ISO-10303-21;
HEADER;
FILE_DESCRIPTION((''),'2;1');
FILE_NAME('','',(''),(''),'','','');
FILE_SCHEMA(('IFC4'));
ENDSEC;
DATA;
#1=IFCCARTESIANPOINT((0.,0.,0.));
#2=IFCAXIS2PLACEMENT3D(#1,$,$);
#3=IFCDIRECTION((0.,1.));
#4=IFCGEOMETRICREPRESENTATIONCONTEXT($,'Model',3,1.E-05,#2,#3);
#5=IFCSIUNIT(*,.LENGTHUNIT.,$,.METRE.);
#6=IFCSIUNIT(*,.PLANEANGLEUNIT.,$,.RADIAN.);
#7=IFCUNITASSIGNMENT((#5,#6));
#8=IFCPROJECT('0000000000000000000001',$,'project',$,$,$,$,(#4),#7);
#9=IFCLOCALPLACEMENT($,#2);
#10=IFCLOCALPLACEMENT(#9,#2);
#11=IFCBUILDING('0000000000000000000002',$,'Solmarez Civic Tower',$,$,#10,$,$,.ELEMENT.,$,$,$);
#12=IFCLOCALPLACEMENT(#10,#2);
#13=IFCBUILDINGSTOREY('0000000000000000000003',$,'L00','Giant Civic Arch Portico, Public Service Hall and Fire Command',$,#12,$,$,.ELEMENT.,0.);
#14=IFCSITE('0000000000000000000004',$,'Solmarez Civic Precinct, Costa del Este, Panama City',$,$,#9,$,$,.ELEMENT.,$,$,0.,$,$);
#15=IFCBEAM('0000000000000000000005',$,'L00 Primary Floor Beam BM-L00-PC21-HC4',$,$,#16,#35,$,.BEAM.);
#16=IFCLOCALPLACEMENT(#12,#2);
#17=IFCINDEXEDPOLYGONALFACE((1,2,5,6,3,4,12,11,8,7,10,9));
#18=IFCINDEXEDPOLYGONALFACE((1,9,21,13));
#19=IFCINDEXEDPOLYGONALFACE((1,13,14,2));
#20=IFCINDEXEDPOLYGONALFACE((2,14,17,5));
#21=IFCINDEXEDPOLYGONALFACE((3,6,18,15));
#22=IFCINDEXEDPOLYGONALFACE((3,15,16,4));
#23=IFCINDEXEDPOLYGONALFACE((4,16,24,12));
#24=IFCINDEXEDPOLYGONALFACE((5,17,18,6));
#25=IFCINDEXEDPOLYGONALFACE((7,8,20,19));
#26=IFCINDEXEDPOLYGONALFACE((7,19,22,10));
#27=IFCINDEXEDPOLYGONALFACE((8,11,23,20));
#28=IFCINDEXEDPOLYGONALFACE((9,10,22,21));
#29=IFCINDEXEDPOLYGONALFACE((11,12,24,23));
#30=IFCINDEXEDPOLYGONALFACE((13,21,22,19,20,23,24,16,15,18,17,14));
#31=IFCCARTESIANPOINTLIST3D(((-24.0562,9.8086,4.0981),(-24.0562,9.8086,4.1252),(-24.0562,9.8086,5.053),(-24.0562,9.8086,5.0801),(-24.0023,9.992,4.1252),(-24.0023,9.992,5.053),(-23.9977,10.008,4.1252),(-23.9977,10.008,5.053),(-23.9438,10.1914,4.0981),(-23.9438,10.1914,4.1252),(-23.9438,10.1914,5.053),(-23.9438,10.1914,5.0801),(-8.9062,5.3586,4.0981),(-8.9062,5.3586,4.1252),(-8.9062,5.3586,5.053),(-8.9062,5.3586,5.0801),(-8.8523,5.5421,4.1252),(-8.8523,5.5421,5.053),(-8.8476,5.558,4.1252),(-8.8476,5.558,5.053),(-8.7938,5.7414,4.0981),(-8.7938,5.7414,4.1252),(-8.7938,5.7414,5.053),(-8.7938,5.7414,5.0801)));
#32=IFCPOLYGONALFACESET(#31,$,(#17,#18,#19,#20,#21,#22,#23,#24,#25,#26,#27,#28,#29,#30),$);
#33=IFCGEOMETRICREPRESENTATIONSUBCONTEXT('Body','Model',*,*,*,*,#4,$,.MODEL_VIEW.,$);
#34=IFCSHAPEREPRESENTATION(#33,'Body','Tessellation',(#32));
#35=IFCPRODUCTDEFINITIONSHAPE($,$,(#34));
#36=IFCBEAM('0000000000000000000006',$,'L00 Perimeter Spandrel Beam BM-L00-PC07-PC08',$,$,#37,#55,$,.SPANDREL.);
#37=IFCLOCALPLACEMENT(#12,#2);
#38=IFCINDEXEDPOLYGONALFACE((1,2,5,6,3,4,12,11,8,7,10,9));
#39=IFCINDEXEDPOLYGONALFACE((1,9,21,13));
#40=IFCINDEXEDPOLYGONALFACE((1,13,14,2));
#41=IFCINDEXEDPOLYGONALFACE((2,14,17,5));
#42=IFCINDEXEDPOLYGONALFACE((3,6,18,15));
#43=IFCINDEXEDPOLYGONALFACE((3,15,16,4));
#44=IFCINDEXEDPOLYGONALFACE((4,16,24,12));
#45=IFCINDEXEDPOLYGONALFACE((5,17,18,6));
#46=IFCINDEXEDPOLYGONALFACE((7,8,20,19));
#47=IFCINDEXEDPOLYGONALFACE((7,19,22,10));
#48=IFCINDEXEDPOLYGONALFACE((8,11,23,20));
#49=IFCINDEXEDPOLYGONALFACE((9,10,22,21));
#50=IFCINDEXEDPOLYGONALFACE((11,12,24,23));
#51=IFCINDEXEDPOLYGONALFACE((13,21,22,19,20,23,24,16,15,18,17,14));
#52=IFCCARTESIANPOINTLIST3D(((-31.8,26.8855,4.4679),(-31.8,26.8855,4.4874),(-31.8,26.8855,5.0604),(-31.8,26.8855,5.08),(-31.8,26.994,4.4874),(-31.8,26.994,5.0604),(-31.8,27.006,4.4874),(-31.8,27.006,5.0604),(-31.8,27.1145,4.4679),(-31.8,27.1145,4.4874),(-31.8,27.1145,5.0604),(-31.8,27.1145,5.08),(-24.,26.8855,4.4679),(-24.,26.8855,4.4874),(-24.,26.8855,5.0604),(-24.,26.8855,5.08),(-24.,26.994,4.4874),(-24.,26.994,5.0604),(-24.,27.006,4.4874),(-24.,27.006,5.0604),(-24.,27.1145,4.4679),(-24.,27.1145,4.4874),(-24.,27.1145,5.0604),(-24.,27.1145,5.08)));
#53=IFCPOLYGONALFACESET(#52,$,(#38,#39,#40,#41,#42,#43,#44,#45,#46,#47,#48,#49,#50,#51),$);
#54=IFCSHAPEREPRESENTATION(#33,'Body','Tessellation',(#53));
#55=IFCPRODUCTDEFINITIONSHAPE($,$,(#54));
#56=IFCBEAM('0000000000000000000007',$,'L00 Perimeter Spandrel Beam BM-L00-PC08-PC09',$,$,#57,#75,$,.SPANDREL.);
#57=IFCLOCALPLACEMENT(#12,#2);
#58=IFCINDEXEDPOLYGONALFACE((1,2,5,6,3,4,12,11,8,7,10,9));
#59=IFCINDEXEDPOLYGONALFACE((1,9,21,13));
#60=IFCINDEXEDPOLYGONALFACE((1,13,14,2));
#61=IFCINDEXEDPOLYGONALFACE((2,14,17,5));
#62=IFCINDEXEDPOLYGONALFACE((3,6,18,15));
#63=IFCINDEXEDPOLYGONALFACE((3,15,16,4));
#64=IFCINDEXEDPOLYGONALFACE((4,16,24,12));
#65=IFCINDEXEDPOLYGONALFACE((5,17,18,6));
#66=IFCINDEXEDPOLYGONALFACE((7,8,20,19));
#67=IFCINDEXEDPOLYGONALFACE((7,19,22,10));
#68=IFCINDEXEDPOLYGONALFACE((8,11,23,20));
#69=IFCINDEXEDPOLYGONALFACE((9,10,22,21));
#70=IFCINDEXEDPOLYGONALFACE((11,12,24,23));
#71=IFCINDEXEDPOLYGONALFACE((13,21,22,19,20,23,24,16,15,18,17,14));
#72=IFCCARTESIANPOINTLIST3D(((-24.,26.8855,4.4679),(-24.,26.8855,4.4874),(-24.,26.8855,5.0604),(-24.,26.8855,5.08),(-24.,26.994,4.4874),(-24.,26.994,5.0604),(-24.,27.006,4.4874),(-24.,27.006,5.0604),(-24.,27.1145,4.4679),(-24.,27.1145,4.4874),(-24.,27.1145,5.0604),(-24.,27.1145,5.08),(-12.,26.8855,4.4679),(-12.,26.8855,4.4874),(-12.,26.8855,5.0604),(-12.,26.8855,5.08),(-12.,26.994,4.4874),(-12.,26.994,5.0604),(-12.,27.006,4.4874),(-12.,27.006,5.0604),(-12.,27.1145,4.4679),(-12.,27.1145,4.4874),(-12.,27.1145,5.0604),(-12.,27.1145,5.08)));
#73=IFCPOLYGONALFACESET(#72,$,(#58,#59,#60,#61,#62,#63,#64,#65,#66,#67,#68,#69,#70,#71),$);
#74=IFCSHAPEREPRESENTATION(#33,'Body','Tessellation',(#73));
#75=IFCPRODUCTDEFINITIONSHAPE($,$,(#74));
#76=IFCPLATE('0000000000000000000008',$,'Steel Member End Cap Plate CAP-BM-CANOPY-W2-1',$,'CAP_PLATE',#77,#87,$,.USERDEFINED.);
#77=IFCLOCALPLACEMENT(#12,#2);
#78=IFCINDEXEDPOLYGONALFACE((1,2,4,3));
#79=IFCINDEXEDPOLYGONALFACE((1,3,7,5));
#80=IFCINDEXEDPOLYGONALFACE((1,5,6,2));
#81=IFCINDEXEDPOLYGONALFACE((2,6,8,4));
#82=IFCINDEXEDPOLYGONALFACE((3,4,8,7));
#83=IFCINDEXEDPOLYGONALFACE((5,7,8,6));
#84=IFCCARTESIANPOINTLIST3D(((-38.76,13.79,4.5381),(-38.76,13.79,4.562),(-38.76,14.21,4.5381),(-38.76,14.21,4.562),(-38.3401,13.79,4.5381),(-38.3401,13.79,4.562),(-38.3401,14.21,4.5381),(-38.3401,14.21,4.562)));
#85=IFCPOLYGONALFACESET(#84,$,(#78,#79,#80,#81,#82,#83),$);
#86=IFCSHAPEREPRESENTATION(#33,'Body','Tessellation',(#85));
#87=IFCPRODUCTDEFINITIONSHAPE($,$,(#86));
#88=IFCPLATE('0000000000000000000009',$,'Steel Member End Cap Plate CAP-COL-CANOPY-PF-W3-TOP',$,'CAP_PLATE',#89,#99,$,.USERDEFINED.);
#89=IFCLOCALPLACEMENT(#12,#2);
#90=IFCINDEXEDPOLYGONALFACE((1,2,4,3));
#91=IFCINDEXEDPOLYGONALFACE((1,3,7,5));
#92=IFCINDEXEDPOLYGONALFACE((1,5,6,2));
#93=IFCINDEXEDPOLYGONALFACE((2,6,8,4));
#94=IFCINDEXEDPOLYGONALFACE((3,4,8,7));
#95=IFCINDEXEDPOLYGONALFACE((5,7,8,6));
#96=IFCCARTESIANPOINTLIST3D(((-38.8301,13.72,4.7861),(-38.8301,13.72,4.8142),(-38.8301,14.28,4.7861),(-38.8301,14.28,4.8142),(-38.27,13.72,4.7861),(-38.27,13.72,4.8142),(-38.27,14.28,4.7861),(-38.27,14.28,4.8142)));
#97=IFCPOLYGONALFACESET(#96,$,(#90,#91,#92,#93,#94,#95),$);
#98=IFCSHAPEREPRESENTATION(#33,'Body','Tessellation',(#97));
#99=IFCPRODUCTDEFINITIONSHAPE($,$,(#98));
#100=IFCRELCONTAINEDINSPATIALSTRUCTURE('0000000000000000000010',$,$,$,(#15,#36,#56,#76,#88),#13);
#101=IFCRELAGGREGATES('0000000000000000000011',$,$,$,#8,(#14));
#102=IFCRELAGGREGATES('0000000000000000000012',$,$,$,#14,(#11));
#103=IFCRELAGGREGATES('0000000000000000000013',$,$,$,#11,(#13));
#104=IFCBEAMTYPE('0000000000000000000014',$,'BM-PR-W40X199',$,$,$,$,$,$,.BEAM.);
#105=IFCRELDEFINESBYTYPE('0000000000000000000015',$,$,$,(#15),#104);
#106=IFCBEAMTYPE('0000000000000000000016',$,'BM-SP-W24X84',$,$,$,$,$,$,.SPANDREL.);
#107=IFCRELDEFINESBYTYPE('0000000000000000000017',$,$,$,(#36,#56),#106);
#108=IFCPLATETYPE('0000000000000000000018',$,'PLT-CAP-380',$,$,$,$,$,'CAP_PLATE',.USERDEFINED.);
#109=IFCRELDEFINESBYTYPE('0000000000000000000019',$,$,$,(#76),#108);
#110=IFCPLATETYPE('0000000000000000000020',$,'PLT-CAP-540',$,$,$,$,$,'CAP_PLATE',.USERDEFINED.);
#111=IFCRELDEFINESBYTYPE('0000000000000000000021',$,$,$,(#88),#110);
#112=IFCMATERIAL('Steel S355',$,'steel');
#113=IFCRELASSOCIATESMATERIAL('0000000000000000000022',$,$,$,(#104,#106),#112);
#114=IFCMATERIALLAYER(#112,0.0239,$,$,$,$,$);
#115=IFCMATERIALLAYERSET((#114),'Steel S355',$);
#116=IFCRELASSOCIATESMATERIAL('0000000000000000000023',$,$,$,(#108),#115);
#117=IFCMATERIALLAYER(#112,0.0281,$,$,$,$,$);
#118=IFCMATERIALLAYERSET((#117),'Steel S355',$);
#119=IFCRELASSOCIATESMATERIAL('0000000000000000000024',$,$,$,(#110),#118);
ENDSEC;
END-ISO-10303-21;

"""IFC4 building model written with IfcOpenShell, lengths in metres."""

from ifc_helpers import new_model, si_unit, direction, frame, origin, origin_2d, place, context, subcontext, project, spatial, rectangle, i_section, extrude, material, layer, layer_set, material_profile, profile_set, type_object, element, save


model = new_model("IFC4")

# Units and contexts
model_context = context("Model", 3, precision=1e-05, world=origin(), true_north=direction((0.0, 1.0)))
body_context = subcontext(model_context, "Body", "Model", "MODEL_VIEW")
ifc_project = project(units=[si_unit("LENGTHUNIT", "METRE"), si_unit("PLANEANGLEUNIT", "RADIAN")], contexts=[model_context])

# Site, building, storey
site_placement = place(None, origin())
site = spatial("IfcSite", under=ifc_project, at=site_placement, Name="Solmarez Civic Precinct, Costa del Este, Panama City", CompositionType="ELEMENT", RefElevation=0.0)
building_placement = place(site_placement, origin())
building = spatial("IfcBuilding", under=site, at=building_placement, Name="Solmarez Civic Tower", CompositionType="ELEMENT")
storey_placement = place(building_placement, origin())
storey = spatial("IfcBuildingStorey", under=building, at=storey_placement, Name="L00", Description="Giant Civic Arch Portico, Public Service Hall and Fire Command", CompositionType="ELEMENT", Elevation=0.0)

# Shared definitions
ifc_material_1 = material(Name="Steel S355", Category="steel")

# Beams
ifc_material_profile_1 = material_profile(ifc_material_1, i_section(OverallWidth=0.3989, OverallDepth=0.9819, WebThickness=0.0166, FlangeThickness=0.0271, at=origin_2d()), Name="W40X199")
ifc_profile_set_1 = profile_set([ifc_material_profile_1], Name="Steel S355")
beam_type_1 = type_object("IfcBeamType", Name="BM-PR-W40X199", PredefinedType="BEAM", material=ifc_profile_set_1)
beam_1_placement = place(storey_placement, frame((-24.0, 10.0, 4.5891), z_axis=(0.959467, -0.281822, 0.0), x_axis=(0.281822, 0.959467, 0.0)))
element("IfcBeam", 1, at=beam_1_placement, inside=storey, type_object=beam_type_1, Name="L00 Primary Floor Beam BM-L00-PC21-HC4", PredefinedType="BEAM", context=body_context, shape_type="SweptSolid", body=[
    extrude(i_section(OverallWidth=0.3989, OverallDepth=0.9819, WebThickness=0.0166, FlangeThickness=0.0271, at=origin_2d()), origin(), (0.0, 0.0, 1.0), 15.79),
])
ifc_material_profile_2 = material_profile(ifc_material_1, i_section(OverallWidth=0.229, OverallDepth=0.6121, WebThickness=0.012, FlangeThickness=0.0195, at=origin_2d()), Name="W24X84")
ifc_profile_set_2 = profile_set([ifc_material_profile_2], Name="Steel S355")
beam_type_2 = type_object("IfcBeamType", Name="BM-SP-W24X84", PredefinedType="SPANDREL", material=ifc_profile_set_2)
beam_2_placement = place(storey_placement, frame((-31.8, 27.0, 4.7739), z_axis=(1.0, 0.0, 0.0), x_axis=(0.0, 1.0, 0.0)))
element("IfcBeam", 2, at=beam_2_placement, inside=storey, type_object=beam_type_2, Name="L00 Perimeter Spandrel Beam BM-L00-PC07-PC08", PredefinedType="SPANDREL", context=body_context, shape_type="SweptSolid", body=[
    extrude(i_section(OverallWidth=0.229, OverallDepth=0.6121, WebThickness=0.012, FlangeThickness=0.0195, at=origin_2d()), origin(), (0.0, 0.0, 1.0), 7.8),
])
beam_3_placement = place(storey_placement, frame((-24.0, 27.0, 4.7739), z_axis=(1.0, 0.0, 0.0), x_axis=(0.0, 1.0, 0.0)))
element("IfcBeam", 3, at=beam_3_placement, inside=storey, type_object=beam_type_2, Name="L00 Perimeter Spandrel Beam BM-L00-PC08-PC09", PredefinedType="SPANDREL", context=body_context, shape_type="SweptSolid", body=[
    extrude(i_section(OverallWidth=0.229, OverallDepth=0.6121, WebThickness=0.012, FlangeThickness=0.0195, at=origin_2d()), origin(), (0.0, 0.0, 1.0), 12.0),
])

# Plates
ifc_layer_1 = layer(ifc_material_1, 0.0239)
ifc_layer_set_1 = layer_set([ifc_layer_1], Name="Steel S355")
plate_type_1 = type_object("IfcPlateType", Name="PLT-CAP-380", ElementType="CAP_PLATE", PredefinedType="USERDEFINED", material=ifc_layer_set_1)
plate_1_placement = place(storey_placement, frame((-38.55, 14.0, 4.5381), z_axis=(0.0, 0.0, 1.0), x_axis=(1.0, 0.0, 0.0)))
element("IfcPlate", 4, at=plate_1_placement, inside=storey, type_object=plate_type_1, Name="Steel Member End Cap Plate CAP-BM-CANOPY-W2-1", ObjectType="CAP_PLATE", PredefinedType="USERDEFINED", context=body_context, shape_type="SweptSolid", body=[
    extrude(rectangle(XDim=0.4199, YDim=0.4199, at=origin_2d()), origin(), (0.0, 0.0, 1.0), 0.0239),
])
ifc_layer_2 = layer(ifc_material_1, 0.0281)
ifc_layer_set_2 = layer_set([ifc_layer_2], Name="Steel S355")
plate_type_2 = type_object("IfcPlateType", Name="PLT-CAP-540", ElementType="CAP_PLATE", PredefinedType="USERDEFINED", material=ifc_layer_set_2)
plate_2_placement = place(storey_placement, frame((-38.55, 14.0, 4.7861), z_axis=(0.0, 0.0, 1.0), x_axis=(1.0, 0.0, 0.0)))
element("IfcPlate", 5, at=plate_2_placement, inside=storey, type_object=plate_type_2, Name="Steel Member End Cap Plate CAP-COL-CANOPY-PF-W3-TOP", ObjectType="CAP_PLATE", PredefinedType="USERDEFINED", context=body_context, shape_type="SweptSolid", body=[
    extrude(rectangle(XDim=0.5601, YDim=0.5601, at=origin_2d()), origin(), (0.0, 0.0, 1.0), 0.0281),
])

save(model, "model.ifc")
